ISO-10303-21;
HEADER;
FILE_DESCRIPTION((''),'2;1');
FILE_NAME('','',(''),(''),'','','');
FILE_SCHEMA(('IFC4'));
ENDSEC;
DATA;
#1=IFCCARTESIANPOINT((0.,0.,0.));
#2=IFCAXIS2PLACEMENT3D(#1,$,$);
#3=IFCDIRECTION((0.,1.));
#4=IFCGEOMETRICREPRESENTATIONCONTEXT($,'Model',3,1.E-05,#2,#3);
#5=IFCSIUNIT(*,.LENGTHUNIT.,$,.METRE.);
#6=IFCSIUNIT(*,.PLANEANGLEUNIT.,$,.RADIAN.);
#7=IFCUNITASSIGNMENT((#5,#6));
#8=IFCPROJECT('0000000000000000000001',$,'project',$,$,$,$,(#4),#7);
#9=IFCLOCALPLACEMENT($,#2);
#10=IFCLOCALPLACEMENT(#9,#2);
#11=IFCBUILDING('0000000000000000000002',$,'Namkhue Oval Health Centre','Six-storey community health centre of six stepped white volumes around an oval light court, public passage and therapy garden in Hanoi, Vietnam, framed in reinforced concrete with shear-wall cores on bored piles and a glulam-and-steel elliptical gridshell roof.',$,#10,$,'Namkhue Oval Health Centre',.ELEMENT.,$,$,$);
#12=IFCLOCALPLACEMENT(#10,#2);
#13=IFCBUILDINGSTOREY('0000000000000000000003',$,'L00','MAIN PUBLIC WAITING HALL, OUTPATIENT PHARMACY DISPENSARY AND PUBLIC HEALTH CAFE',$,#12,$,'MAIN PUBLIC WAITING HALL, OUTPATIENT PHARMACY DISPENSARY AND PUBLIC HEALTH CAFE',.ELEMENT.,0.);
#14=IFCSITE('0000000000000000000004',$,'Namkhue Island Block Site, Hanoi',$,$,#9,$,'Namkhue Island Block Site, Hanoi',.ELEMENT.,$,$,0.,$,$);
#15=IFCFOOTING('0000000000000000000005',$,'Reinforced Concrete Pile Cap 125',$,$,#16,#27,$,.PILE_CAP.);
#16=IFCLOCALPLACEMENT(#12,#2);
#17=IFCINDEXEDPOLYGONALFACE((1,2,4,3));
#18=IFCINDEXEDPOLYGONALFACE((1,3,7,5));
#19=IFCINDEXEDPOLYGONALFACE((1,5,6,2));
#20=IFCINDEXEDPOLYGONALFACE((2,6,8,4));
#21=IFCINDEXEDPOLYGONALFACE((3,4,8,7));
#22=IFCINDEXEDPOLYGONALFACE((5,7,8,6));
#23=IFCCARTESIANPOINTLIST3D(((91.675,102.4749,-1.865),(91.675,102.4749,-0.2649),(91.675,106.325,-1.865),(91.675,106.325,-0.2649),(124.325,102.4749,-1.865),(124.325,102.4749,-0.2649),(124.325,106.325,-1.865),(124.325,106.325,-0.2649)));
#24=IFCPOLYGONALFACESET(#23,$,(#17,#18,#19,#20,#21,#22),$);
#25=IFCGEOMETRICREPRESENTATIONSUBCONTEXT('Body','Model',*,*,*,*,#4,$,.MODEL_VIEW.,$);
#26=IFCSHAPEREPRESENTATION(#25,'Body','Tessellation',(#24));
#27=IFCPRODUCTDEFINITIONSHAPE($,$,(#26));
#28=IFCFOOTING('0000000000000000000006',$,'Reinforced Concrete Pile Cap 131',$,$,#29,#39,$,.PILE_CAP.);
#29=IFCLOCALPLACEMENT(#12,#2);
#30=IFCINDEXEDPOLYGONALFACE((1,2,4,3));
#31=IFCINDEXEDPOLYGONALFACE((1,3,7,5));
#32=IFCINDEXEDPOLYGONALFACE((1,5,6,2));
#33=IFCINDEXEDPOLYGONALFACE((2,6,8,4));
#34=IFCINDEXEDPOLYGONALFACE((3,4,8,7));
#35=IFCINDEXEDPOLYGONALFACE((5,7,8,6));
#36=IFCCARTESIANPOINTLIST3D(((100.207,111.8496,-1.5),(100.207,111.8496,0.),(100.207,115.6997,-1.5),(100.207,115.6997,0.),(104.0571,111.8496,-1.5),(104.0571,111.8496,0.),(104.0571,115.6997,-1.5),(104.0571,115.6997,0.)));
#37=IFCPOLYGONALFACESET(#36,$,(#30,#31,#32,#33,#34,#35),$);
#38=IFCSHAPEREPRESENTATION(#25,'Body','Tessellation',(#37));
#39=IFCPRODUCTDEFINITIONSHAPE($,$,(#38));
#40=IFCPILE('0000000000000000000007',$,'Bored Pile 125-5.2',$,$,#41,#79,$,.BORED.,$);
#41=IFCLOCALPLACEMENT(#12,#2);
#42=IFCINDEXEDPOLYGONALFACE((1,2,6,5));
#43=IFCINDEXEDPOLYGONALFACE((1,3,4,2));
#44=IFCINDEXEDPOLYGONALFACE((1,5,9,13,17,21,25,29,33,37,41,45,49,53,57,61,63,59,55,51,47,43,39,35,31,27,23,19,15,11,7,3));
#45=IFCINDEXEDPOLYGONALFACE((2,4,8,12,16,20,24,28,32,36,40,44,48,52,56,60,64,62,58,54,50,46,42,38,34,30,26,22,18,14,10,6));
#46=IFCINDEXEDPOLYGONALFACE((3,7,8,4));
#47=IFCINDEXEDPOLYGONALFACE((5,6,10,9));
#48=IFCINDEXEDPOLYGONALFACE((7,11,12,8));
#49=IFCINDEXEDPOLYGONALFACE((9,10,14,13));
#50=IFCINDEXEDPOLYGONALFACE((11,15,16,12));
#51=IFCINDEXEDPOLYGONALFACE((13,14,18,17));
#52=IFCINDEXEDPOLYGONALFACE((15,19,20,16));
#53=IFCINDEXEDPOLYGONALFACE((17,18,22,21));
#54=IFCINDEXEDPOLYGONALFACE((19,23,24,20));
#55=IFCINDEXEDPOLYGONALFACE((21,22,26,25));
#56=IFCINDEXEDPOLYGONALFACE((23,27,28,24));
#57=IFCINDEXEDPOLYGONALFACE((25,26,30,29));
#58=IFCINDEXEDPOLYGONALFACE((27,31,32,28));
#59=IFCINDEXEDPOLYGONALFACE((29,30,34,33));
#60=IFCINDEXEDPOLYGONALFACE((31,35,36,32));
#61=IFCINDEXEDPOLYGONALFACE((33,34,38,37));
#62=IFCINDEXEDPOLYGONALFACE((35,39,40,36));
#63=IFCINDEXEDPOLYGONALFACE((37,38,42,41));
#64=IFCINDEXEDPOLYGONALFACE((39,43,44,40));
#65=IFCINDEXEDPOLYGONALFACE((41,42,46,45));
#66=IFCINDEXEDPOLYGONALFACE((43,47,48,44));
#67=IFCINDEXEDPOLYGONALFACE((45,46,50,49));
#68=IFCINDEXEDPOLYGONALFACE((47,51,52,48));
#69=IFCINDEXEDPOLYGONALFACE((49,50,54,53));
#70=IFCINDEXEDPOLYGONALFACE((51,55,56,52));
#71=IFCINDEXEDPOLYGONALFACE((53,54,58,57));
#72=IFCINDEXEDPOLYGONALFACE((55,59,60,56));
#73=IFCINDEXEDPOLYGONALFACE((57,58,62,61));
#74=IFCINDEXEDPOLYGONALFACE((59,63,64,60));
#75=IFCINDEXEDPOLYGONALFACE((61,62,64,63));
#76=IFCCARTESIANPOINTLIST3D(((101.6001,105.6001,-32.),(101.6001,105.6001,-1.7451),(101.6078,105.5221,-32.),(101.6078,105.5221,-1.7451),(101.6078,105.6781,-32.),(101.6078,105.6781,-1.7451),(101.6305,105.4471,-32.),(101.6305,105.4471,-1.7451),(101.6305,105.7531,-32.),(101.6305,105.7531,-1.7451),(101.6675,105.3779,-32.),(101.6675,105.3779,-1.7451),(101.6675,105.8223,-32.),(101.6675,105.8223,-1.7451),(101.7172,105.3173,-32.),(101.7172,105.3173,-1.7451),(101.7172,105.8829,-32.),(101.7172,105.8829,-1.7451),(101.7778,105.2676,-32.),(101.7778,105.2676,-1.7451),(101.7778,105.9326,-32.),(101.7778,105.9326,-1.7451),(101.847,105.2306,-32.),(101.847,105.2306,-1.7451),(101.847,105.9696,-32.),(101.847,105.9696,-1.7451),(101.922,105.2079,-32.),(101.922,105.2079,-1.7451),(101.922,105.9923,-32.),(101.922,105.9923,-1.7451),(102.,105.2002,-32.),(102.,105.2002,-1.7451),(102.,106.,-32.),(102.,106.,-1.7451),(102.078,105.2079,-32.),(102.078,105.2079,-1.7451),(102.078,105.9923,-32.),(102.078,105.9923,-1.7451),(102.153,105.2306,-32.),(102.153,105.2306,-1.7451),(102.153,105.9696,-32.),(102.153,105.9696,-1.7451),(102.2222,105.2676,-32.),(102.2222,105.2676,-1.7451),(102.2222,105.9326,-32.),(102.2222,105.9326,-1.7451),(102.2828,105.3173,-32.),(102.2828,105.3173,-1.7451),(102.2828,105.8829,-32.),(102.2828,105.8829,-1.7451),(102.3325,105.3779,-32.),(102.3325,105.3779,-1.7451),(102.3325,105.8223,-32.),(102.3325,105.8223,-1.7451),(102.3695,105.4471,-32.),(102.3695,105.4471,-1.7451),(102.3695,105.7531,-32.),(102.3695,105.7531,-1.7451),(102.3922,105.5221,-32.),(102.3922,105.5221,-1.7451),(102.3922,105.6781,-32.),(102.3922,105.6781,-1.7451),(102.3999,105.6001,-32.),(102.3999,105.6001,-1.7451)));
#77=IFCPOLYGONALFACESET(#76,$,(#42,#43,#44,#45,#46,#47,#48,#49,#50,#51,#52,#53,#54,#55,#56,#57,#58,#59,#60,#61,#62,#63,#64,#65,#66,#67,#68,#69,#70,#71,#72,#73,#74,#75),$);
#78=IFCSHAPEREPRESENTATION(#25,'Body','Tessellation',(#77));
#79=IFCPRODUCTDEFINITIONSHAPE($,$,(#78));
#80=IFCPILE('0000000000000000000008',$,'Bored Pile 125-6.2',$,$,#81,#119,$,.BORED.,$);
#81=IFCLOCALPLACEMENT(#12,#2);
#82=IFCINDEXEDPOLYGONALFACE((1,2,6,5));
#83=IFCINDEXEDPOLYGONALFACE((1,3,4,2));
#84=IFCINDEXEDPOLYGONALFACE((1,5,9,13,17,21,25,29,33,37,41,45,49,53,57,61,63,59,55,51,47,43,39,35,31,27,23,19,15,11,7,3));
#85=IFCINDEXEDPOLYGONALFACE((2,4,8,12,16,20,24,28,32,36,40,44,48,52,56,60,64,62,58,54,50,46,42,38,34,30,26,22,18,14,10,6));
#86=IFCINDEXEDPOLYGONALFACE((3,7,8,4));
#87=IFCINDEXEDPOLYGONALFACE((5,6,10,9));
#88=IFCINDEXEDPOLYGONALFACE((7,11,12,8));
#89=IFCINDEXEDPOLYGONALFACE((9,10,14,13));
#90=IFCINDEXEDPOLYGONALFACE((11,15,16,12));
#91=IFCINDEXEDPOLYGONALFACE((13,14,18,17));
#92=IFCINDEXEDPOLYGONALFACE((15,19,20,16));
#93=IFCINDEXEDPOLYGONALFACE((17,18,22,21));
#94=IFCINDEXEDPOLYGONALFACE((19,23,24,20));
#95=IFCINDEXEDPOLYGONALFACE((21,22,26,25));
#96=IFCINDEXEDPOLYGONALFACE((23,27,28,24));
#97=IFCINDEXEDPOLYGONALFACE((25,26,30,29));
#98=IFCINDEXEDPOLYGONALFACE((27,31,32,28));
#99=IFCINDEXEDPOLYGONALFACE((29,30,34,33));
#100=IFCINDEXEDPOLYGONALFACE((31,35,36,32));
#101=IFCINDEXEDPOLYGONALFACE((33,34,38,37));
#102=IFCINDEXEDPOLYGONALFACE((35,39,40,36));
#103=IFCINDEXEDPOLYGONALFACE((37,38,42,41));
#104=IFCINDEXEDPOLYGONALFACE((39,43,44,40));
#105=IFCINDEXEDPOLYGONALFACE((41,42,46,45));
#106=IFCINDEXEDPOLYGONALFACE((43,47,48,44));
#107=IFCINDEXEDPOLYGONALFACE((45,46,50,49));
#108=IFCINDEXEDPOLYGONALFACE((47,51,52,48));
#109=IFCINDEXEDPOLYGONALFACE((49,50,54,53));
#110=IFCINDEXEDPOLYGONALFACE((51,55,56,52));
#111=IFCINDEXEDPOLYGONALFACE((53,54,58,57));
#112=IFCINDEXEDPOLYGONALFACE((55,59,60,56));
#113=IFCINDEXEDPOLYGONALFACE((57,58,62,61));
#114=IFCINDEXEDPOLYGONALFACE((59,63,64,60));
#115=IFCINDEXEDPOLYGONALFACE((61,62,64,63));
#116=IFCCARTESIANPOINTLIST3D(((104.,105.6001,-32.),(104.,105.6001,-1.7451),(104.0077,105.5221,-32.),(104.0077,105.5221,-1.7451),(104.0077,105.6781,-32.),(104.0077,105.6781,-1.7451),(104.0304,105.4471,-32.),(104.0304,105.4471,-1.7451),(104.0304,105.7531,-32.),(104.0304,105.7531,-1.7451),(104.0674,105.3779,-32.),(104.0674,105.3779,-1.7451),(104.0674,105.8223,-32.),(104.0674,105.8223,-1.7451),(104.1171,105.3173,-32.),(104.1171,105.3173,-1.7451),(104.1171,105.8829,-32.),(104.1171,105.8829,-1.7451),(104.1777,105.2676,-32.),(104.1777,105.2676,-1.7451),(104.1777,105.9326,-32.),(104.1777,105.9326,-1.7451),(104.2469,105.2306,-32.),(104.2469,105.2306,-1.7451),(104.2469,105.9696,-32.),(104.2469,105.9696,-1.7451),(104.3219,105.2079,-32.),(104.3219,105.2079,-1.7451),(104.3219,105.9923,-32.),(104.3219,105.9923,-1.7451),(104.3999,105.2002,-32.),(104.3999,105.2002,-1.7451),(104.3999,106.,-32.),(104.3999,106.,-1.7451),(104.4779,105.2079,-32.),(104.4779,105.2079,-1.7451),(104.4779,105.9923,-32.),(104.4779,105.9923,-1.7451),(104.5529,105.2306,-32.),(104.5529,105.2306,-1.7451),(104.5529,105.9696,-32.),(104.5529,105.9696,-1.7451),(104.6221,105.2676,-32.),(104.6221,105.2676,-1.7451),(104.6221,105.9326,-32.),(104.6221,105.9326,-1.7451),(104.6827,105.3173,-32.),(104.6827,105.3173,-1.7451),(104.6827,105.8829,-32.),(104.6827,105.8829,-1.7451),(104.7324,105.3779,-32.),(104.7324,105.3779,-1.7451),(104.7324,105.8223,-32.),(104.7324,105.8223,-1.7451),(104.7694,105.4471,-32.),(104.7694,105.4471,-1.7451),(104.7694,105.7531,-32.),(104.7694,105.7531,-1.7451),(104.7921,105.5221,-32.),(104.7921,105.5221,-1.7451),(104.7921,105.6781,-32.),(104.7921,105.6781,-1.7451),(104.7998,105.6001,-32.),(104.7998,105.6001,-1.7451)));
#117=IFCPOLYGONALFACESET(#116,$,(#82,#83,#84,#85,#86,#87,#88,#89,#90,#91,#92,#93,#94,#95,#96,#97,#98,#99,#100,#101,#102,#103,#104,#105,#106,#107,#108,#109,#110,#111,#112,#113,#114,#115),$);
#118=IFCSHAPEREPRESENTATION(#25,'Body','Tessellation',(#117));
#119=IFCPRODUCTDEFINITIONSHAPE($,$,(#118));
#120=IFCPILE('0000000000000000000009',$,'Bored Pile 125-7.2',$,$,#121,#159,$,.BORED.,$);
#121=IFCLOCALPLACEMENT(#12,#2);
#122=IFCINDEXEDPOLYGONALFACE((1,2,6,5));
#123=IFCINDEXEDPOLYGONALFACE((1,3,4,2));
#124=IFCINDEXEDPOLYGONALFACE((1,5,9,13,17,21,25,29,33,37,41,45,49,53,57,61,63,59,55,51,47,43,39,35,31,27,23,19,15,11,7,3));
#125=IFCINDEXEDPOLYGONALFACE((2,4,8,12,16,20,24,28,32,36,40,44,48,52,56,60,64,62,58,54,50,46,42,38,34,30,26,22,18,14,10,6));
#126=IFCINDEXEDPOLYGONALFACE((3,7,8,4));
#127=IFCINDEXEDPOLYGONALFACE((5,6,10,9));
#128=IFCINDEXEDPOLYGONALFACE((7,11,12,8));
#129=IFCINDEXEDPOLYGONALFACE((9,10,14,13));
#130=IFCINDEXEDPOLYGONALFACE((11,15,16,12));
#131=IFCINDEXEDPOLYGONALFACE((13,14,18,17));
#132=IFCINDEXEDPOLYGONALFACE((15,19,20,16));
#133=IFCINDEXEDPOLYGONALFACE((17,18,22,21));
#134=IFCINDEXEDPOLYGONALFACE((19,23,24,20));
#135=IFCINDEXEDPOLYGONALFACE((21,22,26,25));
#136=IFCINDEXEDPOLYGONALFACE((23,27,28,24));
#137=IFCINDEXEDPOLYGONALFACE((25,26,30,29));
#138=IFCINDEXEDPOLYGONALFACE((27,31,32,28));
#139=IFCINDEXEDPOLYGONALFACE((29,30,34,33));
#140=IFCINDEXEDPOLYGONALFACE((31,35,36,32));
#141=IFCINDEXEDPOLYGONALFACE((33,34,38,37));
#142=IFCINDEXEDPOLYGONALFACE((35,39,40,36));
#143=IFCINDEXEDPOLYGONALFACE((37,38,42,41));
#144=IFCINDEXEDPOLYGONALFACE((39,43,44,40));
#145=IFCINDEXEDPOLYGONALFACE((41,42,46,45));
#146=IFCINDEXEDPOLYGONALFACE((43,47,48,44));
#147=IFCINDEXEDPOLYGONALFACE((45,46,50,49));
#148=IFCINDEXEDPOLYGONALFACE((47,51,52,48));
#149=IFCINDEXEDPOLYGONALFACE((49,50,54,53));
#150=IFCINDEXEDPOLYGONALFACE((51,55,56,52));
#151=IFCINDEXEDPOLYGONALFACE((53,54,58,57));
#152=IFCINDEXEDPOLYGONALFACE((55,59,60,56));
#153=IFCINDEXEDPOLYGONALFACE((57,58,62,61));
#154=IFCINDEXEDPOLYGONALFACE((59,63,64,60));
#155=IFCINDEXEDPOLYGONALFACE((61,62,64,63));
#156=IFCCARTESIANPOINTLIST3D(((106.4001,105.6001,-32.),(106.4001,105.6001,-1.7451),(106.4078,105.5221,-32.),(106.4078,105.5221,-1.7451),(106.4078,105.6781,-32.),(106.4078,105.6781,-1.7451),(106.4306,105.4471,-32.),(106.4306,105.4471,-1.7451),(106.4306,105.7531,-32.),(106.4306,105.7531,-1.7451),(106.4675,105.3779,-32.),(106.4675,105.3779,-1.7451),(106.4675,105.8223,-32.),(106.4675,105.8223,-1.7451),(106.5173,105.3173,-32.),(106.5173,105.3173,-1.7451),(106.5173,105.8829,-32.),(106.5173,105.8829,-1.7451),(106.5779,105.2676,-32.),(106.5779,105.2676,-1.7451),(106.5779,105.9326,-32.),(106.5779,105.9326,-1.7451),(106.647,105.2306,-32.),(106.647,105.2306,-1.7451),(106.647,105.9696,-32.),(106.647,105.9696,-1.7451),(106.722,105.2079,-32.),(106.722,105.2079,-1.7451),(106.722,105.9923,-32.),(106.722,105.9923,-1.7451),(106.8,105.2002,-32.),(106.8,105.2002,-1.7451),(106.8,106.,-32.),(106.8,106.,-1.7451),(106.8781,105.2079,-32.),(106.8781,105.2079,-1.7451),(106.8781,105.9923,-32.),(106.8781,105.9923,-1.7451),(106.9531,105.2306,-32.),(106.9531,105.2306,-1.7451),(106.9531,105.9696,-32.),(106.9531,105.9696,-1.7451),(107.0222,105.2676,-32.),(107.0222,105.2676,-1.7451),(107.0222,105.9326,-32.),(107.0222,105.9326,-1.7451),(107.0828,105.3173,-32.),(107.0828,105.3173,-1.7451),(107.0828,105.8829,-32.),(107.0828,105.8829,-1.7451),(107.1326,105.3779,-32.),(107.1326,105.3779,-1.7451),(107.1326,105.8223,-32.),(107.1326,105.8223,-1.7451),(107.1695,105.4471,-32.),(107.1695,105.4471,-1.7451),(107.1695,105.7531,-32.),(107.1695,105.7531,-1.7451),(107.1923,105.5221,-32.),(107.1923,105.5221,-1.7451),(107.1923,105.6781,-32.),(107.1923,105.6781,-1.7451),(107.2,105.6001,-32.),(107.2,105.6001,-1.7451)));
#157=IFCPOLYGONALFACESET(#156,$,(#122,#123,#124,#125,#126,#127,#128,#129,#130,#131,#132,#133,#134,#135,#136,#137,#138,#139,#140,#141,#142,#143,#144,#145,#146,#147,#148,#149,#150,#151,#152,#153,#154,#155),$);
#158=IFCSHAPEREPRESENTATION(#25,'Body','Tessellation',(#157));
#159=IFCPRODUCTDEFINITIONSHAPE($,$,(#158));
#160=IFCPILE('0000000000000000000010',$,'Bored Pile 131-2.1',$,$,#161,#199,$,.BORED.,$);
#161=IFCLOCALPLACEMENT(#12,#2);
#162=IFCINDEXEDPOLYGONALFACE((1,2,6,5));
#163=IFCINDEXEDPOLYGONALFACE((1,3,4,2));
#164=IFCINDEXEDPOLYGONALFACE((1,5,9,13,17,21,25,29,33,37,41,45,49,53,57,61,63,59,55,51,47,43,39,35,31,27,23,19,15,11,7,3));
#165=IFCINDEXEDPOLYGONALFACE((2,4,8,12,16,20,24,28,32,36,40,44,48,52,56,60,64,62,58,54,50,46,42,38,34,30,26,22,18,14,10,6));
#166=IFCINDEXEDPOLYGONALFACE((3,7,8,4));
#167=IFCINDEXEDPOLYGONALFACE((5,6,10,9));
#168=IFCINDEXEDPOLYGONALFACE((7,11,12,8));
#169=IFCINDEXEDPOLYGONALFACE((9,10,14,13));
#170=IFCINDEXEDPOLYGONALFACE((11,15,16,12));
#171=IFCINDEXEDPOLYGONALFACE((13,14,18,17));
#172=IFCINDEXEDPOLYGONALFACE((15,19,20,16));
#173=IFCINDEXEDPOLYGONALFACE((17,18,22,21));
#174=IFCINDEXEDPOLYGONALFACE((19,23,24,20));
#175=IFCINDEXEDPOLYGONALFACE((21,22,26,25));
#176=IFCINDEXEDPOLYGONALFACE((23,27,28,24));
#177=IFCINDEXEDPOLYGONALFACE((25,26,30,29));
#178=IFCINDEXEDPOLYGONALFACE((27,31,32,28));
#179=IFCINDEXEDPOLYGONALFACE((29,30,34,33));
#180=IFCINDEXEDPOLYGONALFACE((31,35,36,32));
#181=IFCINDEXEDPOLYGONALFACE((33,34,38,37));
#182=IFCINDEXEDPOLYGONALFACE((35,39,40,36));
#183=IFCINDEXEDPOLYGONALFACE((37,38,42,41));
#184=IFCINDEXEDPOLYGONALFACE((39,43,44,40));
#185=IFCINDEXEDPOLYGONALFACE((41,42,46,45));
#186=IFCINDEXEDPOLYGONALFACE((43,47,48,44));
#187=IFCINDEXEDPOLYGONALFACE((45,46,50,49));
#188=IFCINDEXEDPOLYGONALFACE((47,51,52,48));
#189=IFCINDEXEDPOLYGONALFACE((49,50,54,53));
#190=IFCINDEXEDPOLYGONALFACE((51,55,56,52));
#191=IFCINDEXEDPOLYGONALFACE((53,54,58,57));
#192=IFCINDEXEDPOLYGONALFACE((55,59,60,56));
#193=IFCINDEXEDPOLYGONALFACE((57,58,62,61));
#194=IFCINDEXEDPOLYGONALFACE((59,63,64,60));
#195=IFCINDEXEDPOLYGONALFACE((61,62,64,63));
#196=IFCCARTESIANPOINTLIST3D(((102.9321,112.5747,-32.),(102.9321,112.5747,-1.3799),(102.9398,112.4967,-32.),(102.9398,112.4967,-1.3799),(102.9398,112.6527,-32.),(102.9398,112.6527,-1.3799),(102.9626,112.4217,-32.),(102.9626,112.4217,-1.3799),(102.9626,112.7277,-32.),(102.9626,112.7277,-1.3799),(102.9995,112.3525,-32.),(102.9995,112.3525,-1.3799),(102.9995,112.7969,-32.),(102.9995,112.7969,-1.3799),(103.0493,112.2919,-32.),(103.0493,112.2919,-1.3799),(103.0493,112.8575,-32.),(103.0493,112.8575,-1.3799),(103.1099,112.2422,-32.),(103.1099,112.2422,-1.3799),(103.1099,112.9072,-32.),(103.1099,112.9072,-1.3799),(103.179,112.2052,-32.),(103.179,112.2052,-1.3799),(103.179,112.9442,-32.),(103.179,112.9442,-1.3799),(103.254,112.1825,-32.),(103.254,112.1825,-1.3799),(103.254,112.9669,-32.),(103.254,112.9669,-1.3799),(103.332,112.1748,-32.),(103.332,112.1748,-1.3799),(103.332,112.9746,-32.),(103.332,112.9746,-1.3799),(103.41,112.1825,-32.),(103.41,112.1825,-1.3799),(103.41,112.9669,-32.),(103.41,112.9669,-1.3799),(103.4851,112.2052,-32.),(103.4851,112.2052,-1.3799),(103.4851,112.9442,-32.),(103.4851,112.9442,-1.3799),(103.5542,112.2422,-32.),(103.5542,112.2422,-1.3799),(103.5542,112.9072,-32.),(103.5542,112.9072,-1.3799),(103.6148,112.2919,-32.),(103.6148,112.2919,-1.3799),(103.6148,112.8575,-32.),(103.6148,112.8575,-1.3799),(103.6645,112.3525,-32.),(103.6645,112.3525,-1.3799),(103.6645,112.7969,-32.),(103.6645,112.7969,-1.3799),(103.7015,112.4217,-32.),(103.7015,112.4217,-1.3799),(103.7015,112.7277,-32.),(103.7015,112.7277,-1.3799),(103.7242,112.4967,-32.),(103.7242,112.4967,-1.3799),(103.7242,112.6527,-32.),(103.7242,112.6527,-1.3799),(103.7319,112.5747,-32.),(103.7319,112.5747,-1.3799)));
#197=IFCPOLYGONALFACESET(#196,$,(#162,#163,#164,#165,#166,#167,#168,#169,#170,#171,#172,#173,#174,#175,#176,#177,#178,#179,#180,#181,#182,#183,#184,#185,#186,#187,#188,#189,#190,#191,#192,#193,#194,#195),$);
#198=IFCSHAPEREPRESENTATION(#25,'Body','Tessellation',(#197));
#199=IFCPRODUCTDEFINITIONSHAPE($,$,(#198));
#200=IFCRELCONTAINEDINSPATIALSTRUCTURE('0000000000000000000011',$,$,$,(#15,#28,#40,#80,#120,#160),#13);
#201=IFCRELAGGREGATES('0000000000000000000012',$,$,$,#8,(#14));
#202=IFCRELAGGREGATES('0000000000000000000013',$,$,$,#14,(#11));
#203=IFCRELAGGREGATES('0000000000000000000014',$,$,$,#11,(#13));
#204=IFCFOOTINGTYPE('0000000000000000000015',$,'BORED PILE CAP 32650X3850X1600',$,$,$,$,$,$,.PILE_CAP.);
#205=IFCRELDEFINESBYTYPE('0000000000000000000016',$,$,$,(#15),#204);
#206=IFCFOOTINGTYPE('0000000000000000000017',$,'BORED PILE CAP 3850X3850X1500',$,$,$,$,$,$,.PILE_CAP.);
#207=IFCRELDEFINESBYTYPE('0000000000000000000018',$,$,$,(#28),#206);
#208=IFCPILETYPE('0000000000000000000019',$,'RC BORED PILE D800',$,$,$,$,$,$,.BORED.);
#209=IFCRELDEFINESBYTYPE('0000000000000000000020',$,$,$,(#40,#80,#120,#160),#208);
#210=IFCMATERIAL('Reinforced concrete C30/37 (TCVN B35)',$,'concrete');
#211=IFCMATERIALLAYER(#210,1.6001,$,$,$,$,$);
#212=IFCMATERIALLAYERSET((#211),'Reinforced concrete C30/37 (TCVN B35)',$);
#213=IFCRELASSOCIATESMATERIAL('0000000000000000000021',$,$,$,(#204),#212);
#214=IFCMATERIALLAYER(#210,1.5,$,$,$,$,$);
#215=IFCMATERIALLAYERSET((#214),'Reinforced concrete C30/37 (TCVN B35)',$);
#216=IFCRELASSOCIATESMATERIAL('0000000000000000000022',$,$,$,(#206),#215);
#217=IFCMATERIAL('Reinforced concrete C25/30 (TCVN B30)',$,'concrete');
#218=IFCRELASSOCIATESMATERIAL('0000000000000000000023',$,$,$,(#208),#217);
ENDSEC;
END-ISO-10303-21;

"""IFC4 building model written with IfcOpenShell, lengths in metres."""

from ifc_helpers import new_model, si_unit, direction, frame, origin, origin_2d, place, context, subcontext, project, spatial, rectangle, circle, extrude, material, layer, layer_set, material_profile, profile_set, type_object, element, save


model = new_model("IFC4")

# Units and contexts
model_context = context("Model", 3, precision=1e-05, world=origin(), true_north=direction((0.0, 1.0)))
body_context = subcontext(model_context, "Body", "Model", "MODEL_VIEW")
ifc_project = project(units=[si_unit("LENGTHUNIT", "METRE"), si_unit("PLANEANGLEUNIT", "RADIAN")], contexts=[model_context])

# Site, building, storey
site_placement = place(None, origin())
site = spatial("IfcSite", under=ifc_project, at=site_placement, Name="Namkhue Island Block Site, Hanoi", LongName="Namkhue Island Block Site, Hanoi", CompositionType="ELEMENT", RefElevation=0.0)
building_placement = place(site_placement, origin())
building = spatial("IfcBuilding", under=site, at=building_placement, Name="Namkhue Oval Health Centre", Description="Six-storey community health centre of six stepped white volumes around an oval light court, public passage and therapy garden in Hanoi, Vietnam, framed in reinforced concrete with shear-wall cores on bored piles and a glulam-and-steel elliptical gridshell roof.", LongName="Namkhue Oval Health Centre", CompositionType="ELEMENT")
storey_placement = place(building_placement, origin())
storey = spatial("IfcBuildingStorey", under=building, at=storey_placement, Name="L00", Description="MAIN PUBLIC WAITING HALL, OUTPATIENT PHARMACY DISPENSARY AND PUBLIC HEALTH CAFE", LongName="MAIN PUBLIC WAITING HALL, OUTPATIENT PHARMACY DISPENSARY AND PUBLIC HEALTH CAFE", CompositionType="ELEMENT", Elevation=0.0)

# Footings
ifc_material_1 = material(Name="Reinforced concrete C30/37 (TCVN B35)", Category="concrete")
ifc_layer_1 = layer(ifc_material_1, 1.6001)
ifc_layer_set_1 = layer_set([ifc_layer_1], Name="Reinforced concrete C30/37 (TCVN B35)")
footing_type_1 = type_object("IfcFootingType", Name="BORED PILE CAP 32650X3850X1600", PredefinedType="PILE_CAP", material=ifc_layer_set_1)
footing_1_placement = place(storey_placement, frame((108.0, 104.3999, -1.865), z_axis=(0.0, 0.0, 1.0), x_axis=(1.0, 0.0, 0.0)))
element("IfcFooting", 1, at=footing_1_placement, inside=storey, type_object=footing_type_1, Name="Reinforced Concrete Pile Cap 125", PredefinedType="PILE_CAP", context=body_context, shape_type="SweptSolid", body=[
    extrude(rectangle(XDim=32.6499, YDim=3.8501, at=origin_2d()), origin(), (0.0, 0.0, 1.0), 1.6001),
])
ifc_layer_2 = layer(ifc_material_1, 1.5)
ifc_layer_set_2 = layer_set([ifc_layer_2], Name="Reinforced concrete C30/37 (TCVN B35)")
footing_type_2 = type_object("IfcFootingType", Name="BORED PILE CAP 3850X3850X1500", PredefinedType="PILE_CAP", material=ifc_layer_set_2)
footing_2_placement = place(storey_placement, frame((102.1321, 113.7747, -1.5), z_axis=(0.0, 0.0, 1.0), x_axis=(1.0, 0.0, 0.0)))
element("IfcFooting", 2, at=footing_2_placement, inside=storey, type_object=footing_type_2, Name="Reinforced Concrete Pile Cap 131", PredefinedType="PILE_CAP", context=body_context, shape_type="SweptSolid", body=[
    extrude(rectangle(XDim=3.8501, YDim=3.8501, at=origin_2d()), origin(), (0.0, 0.0, 1.0), 1.5),
])

# Piles
ifc_material_2 = material(Name="Reinforced concrete C25/30 (TCVN B30)", Category="concrete")
ifc_material_profile_1 = material_profile(ifc_material_2, circle(Radius=0.3999, at=origin_2d()), Name="BORED PILE D800")
ifc_profile_set_1 = profile_set([ifc_material_profile_1], Name="Reinforced concrete C25/30 (TCVN B30)")
pile_type = type_object("IfcPileType", Name="RC BORED PILE D800", PredefinedType="BORED", material=ifc_profile_set_1)
for number, where, z_axis, x_axis, name in (
    (3, (102.0, 105.6001, -1.7451), (0.0, 0.0, -1.0), (1.0, 0.0, 0.0), "Bored Pile 125-5.2"),
    (4, (104.3999, 105.6001, -1.7451), (0.0, 0.0, -1.0), (1.0, 0.0, 0.0), "Bored Pile 125-6.2"),
    (5, (106.8, 105.6001, -1.7451), (0.0, 0.0, -1.0), (1.0, 0.0, 0.0), "Bored Pile 125-7.2"),
):
    element("IfcPile", number, at=place(storey_placement, frame(where, z_axis=z_axis, x_axis=x_axis)), inside=storey, type_object=pile_type, Name=name, PredefinedType="BORED", context=body_context, shape_type="SweptSolid", body=[
        extrude(circle(Radius=0.3999, at=origin_2d()), origin(), (0.0, 0.0, 1.0), 30.2549),
    ])
for number, where, z_axis, x_axis, name in (
    (6, (103.332, 112.5747, -1.3799), (0.0, 0.0, -1.0), (1.0, 0.0, 0.0), "Bored Pile 131-2.1"),
):
    element("IfcPile", number, at=place(storey_placement, frame(where, z_axis=z_axis, x_axis=x_axis)), inside=storey, type_object=pile_type, Name=name, PredefinedType="BORED", context=body_context, shape_type="SweptSolid", body=[
        extrude(circle(Radius=0.3999, at=origin_2d()), origin(), (0.0, 0.0, 1.0), 30.6201),
    ])

save(model, "model.ifc")
